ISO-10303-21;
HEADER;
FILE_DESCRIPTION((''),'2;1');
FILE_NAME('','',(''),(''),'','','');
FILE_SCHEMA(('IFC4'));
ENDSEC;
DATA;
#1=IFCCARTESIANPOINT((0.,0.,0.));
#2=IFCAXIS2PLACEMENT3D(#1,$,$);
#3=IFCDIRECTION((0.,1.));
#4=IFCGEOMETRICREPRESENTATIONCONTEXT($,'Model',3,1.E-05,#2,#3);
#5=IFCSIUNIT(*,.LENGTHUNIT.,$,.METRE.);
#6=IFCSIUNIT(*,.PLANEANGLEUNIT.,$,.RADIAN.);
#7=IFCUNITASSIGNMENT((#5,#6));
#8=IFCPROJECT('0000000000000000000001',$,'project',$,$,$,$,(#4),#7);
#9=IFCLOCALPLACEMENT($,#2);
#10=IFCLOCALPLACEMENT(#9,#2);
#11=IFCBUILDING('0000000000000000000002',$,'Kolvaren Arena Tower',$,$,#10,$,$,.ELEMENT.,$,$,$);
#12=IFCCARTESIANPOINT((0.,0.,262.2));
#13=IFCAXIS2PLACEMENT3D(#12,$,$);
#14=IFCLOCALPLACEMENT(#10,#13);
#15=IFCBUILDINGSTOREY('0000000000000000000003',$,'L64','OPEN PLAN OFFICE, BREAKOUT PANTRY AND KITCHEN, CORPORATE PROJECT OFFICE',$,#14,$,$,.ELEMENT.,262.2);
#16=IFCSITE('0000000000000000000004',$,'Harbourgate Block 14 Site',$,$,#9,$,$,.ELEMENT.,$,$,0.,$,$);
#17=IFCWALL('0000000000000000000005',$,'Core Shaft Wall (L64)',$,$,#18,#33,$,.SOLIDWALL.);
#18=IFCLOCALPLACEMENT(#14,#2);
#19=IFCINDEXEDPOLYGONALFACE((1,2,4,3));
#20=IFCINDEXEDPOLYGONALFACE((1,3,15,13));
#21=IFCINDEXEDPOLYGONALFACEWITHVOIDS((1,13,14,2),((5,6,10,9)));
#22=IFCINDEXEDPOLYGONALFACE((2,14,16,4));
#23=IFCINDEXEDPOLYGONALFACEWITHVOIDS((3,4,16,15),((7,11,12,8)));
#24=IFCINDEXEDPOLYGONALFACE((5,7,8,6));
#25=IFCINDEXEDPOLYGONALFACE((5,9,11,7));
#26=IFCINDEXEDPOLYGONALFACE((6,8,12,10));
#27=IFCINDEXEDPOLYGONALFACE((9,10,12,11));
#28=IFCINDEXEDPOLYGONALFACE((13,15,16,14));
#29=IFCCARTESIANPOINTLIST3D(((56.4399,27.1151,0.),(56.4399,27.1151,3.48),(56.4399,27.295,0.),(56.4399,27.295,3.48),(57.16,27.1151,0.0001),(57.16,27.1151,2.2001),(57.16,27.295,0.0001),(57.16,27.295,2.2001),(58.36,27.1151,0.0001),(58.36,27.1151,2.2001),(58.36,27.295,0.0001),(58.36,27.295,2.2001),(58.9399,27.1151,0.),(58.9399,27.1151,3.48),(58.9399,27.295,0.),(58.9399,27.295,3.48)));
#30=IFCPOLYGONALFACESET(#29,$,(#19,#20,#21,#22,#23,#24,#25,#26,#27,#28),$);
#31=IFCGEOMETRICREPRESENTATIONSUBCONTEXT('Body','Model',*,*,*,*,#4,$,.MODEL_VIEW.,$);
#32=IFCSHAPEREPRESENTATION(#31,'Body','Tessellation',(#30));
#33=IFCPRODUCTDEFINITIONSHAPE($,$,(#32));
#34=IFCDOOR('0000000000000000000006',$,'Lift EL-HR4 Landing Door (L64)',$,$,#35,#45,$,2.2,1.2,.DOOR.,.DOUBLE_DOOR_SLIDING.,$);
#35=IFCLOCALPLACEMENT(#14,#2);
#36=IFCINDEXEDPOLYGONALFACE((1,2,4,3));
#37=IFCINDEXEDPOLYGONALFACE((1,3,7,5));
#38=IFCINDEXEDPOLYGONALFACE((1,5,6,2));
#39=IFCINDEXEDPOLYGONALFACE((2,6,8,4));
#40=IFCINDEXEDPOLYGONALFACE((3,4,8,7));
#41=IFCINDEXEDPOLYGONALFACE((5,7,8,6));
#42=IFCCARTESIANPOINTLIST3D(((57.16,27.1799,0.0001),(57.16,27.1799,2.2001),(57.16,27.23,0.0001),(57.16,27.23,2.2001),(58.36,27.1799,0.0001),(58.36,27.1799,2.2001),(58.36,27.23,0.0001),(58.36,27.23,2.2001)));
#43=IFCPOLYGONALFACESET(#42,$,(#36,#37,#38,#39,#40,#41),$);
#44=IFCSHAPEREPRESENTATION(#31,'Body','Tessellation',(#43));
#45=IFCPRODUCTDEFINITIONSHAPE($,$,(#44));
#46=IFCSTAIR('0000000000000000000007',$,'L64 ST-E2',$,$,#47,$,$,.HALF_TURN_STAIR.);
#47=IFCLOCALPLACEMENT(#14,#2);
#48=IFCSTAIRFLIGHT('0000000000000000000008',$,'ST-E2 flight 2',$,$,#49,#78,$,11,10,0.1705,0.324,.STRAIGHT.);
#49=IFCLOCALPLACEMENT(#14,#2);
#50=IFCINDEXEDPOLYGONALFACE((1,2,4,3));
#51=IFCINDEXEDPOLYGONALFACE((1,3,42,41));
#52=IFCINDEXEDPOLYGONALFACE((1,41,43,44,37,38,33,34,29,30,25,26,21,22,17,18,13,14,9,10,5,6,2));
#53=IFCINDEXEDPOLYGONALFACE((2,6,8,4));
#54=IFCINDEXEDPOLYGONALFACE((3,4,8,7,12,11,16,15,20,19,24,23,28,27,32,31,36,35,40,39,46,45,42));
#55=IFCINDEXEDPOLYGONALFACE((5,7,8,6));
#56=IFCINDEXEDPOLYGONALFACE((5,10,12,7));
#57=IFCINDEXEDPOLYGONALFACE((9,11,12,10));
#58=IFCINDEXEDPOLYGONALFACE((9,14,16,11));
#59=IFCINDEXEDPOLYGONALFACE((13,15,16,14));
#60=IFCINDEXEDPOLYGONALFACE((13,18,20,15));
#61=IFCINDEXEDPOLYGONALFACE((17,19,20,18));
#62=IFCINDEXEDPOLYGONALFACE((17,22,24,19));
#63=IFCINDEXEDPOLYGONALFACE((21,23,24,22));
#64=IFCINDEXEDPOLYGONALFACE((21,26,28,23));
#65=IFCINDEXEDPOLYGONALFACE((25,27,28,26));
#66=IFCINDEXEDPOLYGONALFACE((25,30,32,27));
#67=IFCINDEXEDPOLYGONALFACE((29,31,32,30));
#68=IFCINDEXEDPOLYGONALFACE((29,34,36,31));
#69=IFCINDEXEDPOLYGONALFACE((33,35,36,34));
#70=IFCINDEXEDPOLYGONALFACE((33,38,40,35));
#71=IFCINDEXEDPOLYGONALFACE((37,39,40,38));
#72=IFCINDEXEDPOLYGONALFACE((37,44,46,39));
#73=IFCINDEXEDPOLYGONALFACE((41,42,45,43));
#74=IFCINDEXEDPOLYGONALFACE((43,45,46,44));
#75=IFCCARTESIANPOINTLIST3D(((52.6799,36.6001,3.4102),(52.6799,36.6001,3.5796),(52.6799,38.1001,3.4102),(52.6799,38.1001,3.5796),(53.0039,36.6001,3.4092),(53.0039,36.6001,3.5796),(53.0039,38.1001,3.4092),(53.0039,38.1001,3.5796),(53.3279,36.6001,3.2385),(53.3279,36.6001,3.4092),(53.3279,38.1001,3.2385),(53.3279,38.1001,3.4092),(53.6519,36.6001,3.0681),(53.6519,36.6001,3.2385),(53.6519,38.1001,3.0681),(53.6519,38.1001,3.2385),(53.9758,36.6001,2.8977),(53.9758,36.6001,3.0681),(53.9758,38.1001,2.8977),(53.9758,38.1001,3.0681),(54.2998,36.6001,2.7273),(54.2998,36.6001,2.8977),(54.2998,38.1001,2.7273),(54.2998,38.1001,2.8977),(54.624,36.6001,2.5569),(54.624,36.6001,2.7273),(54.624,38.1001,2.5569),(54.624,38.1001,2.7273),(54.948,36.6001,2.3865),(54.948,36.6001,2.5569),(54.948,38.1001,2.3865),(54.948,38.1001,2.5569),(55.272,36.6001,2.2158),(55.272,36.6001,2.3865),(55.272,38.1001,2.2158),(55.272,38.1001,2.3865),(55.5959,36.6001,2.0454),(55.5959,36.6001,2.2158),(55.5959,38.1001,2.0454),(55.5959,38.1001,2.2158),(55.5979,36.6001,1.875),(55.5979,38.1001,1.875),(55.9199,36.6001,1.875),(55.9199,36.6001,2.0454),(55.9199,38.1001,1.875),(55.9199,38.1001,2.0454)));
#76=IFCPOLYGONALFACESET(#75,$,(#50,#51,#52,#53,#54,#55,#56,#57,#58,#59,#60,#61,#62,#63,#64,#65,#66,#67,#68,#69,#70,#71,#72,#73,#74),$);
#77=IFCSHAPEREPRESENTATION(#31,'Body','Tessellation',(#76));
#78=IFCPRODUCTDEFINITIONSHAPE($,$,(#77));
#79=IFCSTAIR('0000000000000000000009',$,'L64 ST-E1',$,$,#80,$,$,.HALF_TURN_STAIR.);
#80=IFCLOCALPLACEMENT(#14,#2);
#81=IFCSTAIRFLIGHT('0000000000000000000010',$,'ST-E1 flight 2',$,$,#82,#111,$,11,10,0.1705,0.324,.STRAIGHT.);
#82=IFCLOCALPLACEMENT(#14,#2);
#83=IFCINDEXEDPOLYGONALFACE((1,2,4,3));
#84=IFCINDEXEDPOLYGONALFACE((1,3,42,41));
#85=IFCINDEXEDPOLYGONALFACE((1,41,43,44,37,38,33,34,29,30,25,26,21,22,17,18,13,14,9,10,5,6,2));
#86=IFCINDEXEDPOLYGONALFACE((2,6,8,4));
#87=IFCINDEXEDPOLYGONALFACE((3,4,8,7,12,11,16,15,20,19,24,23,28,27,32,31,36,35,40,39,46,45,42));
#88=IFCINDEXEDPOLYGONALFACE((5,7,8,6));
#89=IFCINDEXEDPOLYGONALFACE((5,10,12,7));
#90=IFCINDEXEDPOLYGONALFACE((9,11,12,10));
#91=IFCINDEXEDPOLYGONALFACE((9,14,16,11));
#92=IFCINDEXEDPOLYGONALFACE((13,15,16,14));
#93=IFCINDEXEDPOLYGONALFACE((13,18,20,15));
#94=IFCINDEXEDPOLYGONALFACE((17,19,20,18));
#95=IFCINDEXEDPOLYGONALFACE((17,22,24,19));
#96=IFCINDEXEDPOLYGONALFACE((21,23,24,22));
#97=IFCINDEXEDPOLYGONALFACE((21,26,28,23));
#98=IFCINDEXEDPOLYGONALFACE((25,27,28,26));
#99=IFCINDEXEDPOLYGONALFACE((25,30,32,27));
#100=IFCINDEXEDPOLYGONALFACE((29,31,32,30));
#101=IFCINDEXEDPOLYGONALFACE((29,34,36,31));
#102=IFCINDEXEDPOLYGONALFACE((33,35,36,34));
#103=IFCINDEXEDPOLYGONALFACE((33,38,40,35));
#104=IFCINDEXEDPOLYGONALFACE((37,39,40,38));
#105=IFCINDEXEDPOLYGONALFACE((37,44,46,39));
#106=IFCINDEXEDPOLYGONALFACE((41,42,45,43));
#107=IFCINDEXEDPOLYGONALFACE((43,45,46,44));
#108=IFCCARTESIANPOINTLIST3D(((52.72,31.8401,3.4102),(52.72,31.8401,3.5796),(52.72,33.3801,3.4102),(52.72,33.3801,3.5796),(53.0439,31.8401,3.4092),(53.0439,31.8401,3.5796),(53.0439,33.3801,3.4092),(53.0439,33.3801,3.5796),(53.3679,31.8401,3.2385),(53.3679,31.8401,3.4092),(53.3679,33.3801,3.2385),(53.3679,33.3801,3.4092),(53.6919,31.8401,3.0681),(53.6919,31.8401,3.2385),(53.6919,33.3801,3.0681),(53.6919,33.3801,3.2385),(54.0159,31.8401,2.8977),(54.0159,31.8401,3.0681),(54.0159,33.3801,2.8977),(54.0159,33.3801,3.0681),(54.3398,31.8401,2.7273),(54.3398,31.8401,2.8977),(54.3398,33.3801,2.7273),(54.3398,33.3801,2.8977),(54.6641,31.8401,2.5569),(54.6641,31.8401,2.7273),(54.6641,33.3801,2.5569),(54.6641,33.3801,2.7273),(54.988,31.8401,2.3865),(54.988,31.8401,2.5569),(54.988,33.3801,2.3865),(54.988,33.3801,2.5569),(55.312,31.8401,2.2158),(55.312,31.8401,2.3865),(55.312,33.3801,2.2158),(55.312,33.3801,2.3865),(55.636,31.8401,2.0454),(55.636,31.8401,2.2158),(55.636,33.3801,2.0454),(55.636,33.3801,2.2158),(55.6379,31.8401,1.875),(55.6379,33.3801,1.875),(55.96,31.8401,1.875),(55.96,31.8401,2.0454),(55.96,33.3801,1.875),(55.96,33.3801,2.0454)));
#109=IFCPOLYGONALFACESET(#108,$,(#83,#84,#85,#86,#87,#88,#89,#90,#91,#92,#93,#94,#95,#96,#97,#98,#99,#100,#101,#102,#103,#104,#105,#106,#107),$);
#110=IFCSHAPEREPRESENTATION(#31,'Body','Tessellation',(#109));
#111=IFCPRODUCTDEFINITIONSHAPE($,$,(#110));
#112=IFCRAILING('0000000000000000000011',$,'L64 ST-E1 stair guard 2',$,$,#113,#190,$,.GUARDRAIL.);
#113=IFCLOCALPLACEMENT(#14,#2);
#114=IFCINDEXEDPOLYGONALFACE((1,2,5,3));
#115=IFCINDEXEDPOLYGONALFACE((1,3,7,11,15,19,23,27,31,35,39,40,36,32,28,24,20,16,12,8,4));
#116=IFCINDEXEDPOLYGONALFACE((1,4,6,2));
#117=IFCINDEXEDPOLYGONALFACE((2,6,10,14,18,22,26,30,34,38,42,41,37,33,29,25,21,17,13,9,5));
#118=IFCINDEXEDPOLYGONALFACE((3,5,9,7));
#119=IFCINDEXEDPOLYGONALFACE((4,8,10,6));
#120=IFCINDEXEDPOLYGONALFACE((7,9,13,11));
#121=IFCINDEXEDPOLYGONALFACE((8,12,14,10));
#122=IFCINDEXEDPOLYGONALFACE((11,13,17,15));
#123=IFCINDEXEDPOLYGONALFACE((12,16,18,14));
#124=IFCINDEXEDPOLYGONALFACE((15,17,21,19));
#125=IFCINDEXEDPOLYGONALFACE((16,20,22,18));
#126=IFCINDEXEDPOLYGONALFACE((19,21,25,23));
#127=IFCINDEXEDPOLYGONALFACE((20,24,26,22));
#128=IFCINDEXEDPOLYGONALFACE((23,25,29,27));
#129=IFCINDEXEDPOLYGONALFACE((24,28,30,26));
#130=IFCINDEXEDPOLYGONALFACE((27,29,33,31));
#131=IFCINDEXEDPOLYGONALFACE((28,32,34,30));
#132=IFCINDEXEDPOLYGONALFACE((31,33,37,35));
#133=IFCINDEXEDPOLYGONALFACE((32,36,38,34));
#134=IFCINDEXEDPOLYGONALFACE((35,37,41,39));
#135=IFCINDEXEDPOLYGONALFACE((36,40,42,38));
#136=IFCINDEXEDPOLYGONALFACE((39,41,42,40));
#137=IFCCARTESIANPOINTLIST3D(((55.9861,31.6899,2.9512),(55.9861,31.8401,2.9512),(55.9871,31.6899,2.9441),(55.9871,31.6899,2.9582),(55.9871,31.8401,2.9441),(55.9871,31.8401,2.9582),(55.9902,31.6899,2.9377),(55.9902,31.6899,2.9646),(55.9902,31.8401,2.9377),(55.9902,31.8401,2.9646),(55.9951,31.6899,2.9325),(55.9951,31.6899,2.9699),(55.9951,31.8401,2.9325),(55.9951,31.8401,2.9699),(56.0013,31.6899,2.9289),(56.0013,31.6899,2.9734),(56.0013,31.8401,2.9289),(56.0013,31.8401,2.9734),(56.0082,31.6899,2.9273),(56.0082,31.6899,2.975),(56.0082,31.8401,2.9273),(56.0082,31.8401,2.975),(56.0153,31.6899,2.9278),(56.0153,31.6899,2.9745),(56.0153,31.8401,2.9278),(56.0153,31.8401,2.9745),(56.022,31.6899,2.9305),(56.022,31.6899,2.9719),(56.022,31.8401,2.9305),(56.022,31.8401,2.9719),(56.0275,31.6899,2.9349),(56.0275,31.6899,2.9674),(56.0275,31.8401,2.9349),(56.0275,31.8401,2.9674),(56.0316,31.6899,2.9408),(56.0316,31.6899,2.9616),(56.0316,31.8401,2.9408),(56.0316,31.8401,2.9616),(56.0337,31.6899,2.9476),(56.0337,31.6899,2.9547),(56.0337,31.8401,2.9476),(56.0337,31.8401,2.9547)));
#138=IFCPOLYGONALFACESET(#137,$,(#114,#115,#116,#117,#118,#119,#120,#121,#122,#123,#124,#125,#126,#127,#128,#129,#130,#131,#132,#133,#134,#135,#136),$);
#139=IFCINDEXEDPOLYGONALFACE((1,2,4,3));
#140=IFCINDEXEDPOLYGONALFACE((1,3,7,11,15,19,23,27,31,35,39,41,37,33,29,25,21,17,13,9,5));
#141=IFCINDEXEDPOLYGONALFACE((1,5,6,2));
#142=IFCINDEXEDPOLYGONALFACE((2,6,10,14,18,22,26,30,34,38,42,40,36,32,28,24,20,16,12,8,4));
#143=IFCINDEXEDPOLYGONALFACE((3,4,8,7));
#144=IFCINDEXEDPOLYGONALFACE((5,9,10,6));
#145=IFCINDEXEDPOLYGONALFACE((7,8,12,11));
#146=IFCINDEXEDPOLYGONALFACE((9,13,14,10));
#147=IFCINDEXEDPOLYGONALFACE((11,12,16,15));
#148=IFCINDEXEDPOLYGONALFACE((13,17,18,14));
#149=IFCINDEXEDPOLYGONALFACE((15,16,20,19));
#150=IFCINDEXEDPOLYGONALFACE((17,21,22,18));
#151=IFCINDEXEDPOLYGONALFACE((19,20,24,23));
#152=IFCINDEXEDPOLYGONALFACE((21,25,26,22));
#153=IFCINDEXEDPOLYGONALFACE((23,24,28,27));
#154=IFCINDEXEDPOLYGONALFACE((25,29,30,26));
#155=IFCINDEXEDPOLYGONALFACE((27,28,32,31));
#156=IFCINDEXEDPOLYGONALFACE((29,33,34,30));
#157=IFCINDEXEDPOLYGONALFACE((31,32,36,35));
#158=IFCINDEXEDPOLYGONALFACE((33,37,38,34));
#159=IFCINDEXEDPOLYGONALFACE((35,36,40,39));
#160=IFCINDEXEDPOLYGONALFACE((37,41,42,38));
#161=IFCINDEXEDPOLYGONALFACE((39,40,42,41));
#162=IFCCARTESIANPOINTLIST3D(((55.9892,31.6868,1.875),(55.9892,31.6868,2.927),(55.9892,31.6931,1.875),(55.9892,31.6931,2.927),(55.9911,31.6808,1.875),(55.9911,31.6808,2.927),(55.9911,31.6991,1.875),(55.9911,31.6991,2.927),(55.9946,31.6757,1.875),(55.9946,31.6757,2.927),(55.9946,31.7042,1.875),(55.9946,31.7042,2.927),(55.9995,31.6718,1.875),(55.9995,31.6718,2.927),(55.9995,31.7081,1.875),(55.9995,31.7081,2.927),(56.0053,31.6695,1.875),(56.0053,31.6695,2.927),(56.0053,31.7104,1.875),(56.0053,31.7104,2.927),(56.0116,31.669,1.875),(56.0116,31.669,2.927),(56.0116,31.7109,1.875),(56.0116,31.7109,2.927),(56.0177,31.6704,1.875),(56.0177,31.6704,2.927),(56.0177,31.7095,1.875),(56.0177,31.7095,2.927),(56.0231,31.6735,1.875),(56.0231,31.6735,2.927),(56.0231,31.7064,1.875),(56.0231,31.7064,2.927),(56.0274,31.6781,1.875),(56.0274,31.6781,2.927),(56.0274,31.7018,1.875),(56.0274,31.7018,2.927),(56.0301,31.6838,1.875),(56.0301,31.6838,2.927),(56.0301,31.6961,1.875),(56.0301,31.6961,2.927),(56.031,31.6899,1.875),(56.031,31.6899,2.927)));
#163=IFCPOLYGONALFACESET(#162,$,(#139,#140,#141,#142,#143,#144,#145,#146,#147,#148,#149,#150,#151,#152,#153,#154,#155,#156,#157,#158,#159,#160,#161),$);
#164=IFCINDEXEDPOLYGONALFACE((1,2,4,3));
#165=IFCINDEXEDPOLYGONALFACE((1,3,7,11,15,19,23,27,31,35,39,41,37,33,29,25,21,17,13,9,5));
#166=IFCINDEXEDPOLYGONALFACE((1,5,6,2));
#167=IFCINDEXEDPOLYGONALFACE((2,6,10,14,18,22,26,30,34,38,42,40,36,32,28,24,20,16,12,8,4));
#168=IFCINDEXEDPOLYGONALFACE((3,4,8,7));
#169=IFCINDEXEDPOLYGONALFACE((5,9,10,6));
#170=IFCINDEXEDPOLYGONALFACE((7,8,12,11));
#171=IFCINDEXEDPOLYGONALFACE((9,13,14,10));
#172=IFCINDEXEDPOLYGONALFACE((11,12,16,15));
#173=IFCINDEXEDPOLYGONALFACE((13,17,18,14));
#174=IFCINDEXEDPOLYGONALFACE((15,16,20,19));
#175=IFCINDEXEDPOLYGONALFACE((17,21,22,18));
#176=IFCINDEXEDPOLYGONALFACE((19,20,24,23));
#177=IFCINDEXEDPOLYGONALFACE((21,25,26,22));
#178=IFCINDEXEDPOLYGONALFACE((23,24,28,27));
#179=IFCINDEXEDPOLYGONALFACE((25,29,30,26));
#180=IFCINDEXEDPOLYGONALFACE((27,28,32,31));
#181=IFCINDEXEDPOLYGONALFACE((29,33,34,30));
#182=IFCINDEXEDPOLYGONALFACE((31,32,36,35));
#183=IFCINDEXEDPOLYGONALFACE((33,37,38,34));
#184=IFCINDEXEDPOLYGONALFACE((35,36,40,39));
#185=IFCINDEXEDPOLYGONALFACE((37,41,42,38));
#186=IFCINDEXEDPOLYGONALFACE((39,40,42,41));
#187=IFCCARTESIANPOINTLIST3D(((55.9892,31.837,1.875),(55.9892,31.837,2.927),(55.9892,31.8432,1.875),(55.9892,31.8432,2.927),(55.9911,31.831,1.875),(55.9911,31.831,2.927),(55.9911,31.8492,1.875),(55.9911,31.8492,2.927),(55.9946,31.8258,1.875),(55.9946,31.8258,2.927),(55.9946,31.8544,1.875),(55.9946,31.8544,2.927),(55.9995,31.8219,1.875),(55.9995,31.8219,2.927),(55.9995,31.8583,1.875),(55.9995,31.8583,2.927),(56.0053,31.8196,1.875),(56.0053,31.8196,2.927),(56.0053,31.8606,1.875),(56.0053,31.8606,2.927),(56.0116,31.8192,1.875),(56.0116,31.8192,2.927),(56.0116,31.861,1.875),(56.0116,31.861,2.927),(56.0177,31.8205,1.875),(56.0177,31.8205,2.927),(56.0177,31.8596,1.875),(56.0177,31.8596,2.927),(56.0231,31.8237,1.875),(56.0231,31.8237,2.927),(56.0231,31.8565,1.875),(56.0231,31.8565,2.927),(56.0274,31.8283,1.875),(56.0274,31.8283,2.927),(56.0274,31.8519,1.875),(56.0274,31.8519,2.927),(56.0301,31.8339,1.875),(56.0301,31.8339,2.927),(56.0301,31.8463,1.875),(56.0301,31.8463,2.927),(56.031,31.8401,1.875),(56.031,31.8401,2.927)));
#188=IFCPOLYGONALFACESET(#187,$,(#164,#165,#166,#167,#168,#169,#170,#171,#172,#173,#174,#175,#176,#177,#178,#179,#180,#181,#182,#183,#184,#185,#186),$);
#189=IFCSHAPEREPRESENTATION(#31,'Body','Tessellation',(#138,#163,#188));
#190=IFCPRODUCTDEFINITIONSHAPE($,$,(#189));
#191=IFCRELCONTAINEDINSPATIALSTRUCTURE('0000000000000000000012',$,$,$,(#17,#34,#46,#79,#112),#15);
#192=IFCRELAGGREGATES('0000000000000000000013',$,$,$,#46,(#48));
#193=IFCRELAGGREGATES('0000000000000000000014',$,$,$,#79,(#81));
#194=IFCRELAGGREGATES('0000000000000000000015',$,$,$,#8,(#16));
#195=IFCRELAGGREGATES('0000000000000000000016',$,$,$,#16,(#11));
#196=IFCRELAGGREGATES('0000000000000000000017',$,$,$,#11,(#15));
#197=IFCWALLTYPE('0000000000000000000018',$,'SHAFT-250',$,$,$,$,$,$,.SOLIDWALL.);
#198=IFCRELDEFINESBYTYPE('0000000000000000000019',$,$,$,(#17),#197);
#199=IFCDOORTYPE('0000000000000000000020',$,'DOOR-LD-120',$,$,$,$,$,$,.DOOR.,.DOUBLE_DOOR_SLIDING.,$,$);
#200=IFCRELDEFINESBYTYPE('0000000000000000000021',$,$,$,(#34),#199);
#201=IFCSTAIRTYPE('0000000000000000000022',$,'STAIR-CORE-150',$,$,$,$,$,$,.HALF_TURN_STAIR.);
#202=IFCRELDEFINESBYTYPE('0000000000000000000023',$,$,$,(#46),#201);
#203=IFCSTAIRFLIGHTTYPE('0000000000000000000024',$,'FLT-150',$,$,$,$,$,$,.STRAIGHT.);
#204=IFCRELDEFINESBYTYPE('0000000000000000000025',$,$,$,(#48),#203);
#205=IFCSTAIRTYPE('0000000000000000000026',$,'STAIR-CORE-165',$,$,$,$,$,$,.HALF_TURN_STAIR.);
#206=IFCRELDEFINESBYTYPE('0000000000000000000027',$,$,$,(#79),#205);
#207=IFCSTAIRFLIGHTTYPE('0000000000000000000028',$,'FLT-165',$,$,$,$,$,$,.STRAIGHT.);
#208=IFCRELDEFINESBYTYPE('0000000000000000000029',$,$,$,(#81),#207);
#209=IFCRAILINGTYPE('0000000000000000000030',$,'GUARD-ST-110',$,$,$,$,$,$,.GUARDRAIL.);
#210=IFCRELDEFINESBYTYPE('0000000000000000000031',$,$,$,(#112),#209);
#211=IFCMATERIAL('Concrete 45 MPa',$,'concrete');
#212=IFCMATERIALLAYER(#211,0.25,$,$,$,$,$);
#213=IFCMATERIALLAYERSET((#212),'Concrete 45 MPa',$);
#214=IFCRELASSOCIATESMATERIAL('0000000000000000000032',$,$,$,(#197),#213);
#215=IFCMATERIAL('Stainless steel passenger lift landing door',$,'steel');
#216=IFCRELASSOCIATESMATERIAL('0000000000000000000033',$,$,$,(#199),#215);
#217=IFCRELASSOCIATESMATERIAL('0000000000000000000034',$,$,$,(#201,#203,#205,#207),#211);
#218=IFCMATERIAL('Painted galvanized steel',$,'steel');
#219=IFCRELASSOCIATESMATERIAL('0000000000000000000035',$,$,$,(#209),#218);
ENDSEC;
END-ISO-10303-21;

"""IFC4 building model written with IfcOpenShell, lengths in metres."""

from ifc_helpers import new_model, si_unit, direction, frame, frame_2d, origin, origin_2d, place, context, subcontext, project, spatial, polyline, rectangle, circle, outline, extrude, material, layer, layer_set, type_object, element, fill, aggregate, save


model = new_model("IFC4")

# Units and contexts
model_context = context("Model", 3, precision=1e-05, world=origin(), true_north=direction((0.0, 1.0)))
body_context = subcontext(model_context, "Body", "Model", "MODEL_VIEW")
ifc_project = project(units=[si_unit("LENGTHUNIT", "METRE"), si_unit("PLANEANGLEUNIT", "RADIAN")], contexts=[model_context])

# Site, building, storey
site_placement = place(None, origin())
site = spatial("IfcSite", under=ifc_project, at=site_placement, Name="Harbourgate Block 14 Site", CompositionType="ELEMENT", RefElevation=0.0)
building_placement = place(site_placement, origin())
building = spatial("IfcBuilding", under=site, at=building_placement, Name="Kolvaren Arena Tower", CompositionType="ELEMENT")
storey_placement = place(building_placement, frame((0.0, 0.0, 262.2)))
storey = spatial("IfcBuildingStorey", under=building, at=storey_placement, Name="L64", Description="OPEN PLAN OFFICE, BREAKOUT PANTRY AND KITCHEN, CORPORATE PROJECT OFFICE", CompositionType="ELEMENT", Elevation=262.2)

# Shared definitions
ifc_material_1 = material(Name="Concrete 45 MPa", Category="concrete")
ifc_layer = layer(ifc_material_1, 0.25)
ifc_layer_set = layer_set([ifc_layer], Name="Concrete 45 MPa")
wall_type = type_object("IfcWallType", Name="SHAFT-250", PredefinedType="SOLIDWALL", material=ifc_layer_set)

# Wall, opening, door
wall_1_placement = place(storey_placement, frame((56.4399, 27.2051, 0.0), z_axis=(0.0, 0.0, 1.0), x_axis=(1.0, 0.0, 0.0)))
wall_1 = element("IfcWall", 1, at=wall_1_placement, inside=storey, type_object=wall_type, Name="Core Shaft Wall (L64)", PredefinedType="SOLIDWALL", context=body_context, shape_type="SweptSolid", body=[
    extrude(rectangle(XDim=2.5, YDim=0.1799, at=frame_2d((1.25, 0.0))), origin(), (0.0, 0.0, 1.0), 3.48),
])
opening_1_placement = place(wall_1_placement, frame((0.72, 0.0, 0.0)))
opening_1 = element("IfcOpeningElement", 2, at=opening_1_placement, cuts=wall_1, PredefinedType="OPENING", context=body_context, shape_type="SweptSolid", body=[
    extrude(rectangle(XDim=1.2, YDim=2.2, at=frame_2d((0.6001, 1.1001))), frame((0.0, 0.0999, 0.0), z_axis=(0.0, -1.0, 0.0), x_axis=(1.0, 0.0, 0.0)), (0.0, 0.0, 1.0), 0.2),
])
ifc_material_2 = material(Name="Stainless steel passenger lift landing door", Category="steel")
door_type_1 = type_object("IfcDoorType", Name="DOOR-LD-120", OperationType="DOUBLE_DOOR_SLIDING", PredefinedType="DOOR", material=ifc_material_2)
door_1_placement = place(opening_1_placement, origin())
door_1 = element("IfcDoor", 3, at=door_1_placement, inside=storey, type_object=door_type_1, Name="Lift EL-HR4 Landing Door (L64)", OperationType="DOUBLE_DOOR_SLIDING", OverallHeight=2.2, OverallWidth=1.2, PredefinedType="DOOR", context=body_context, shape_type="SweptSolid", body=[
    extrude(rectangle(XDim=1.2, YDim=2.2, at=frame_2d((0.6001, 1.1001))), frame((0.0, 0.0249, 0.0), z_axis=(0.0, -1.0, 0.0), x_axis=(1.0, 0.0, 0.0)), (0.0, 0.0, 1.0), 0.05),
])
fill(opening_1, door_1)

# Stairs, stair flights
stair_type_1 = type_object("IfcStairType", Name="STAIR-CORE-150", PredefinedType="HALF_TURN_STAIR", material=ifc_material_1)
stair_1_placement = place(storey_placement, origin())
stair_1 = element("IfcStair", 4, at=stair_1_placement, inside=storey, type_object=stair_type_1, Name="L64 ST-E2", PredefinedType="HALF_TURN_STAIR")
stair_flight_type_1 = type_object("IfcStairFlightType", Name="FLT-150", PredefinedType="STRAIGHT", material=ifc_material_1)
stair_flight_1_placement = place(storey_placement, frame((55.9199, 37.3501, 1.875), z_axis=(0.0, 0.0, 1.0), x_axis=(-1.0, 0.0, 0.0)))
stair_flight_1 = element("IfcStairFlight", 5, at=stair_flight_1_placement, type_object=stair_flight_type_1, Name="ST-E2 flight 2", NumberOfRisers=11, NumberOfTreads=10, PredefinedType="STRAIGHT", RiserHeight=0.1705, TreadLength=0.324, context=body_context, shape_type="SweptSolid", body=[
    extrude(outline(polyline([(0.0, 0.0), (0.0, 0.1704), (0.324, 0.1704), (0.324, 0.3408), (0.6479, 0.3408), (0.6479, 0.5115), (0.9719, 0.5115), (0.9719, 0.6819), (1.2959, 0.6819), (1.2959, 0.8523), (1.6201, 0.8523), (1.6201, 1.0227), (1.9441, 1.0227), (1.9441, 1.1931), (2.2681, 1.1931), (2.2681, 1.3635), (2.592, 1.3635), (2.592, 1.5342), (2.916, 1.5342), (2.916, 1.7046), (3.24, 1.7046), (3.24, 1.875), (3.24, 1.5352), (0.322, 0.0), (0.0, 0.0)])), frame((0.0, 0.75, 0.0), z_axis=(0.0, -1.0, 0.0), x_axis=(1.0, 0.0, 0.0)), (0.0, 0.0, 1.0), 1.5),
])
aggregate(stair_1, [stair_flight_1])
stair_type_2 = type_object("IfcStairType", Name="STAIR-CORE-165", PredefinedType="HALF_TURN_STAIR", material=ifc_material_1)
stair_2_placement = place(storey_placement, origin())
stair_2 = element("IfcStair", 6, at=stair_2_placement, inside=storey, type_object=stair_type_2, Name="L64 ST-E1", PredefinedType="HALF_TURN_STAIR")
stair_flight_type_2 = type_object("IfcStairFlightType", Name="FLT-165", PredefinedType="STRAIGHT", material=ifc_material_1)
stair_flight_2_placement = place(storey_placement, frame((55.96, 32.6101, 1.875), z_axis=(0.0, 0.0, 1.0), x_axis=(-1.0, 0.0, 0.0)))
stair_flight_2 = element("IfcStairFlight", 7, at=stair_flight_2_placement, type_object=stair_flight_type_2, Name="ST-E1 flight 2", NumberOfRisers=11, NumberOfTreads=10, PredefinedType="STRAIGHT", RiserHeight=0.1705, TreadLength=0.324, context=body_context, shape_type="SweptSolid", body=[
    extrude(outline(polyline([(0.0, 0.0), (0.0, 0.1704), (0.324, 0.1704), (0.324, 0.3408), (0.6479, 0.3408), (0.6479, 0.5115), (0.9719, 0.5115), (0.9719, 0.6819), (1.2959, 0.6819), (1.2959, 0.8523), (1.6201, 0.8523), (1.6201, 1.0227), (1.9441, 1.0227), (1.9441, 1.1931), (2.2681, 1.1931), (2.2681, 1.3635), (2.592, 1.3635), (2.592, 1.5342), (2.916, 1.5342), (2.916, 1.7046), (3.24, 1.7046), (3.24, 1.875), (3.24, 1.5352), (0.322, 0.0), (0.0, 0.0)])), frame((0.0, 0.77, 0.0), z_axis=(0.0, -1.0, 0.0), x_axis=(1.0, 0.0, 0.0)), (0.0, 0.0, 1.0), 1.54),
])
aggregate(stair_2, [stair_flight_2])

# Railing
ifc_material_3 = material(Name="Painted galvanized steel", Category="steel")
railing_type_1 = type_object("IfcRailingType", Name="GUARD-ST-110", PredefinedType="GUARDRAIL", material=ifc_material_3)
railing_1_placement = place(storey_placement, frame((56.01, 31.6899, 1.875)))
element("IfcRailing", 8, at=railing_1_placement, inside=storey, type_object=railing_type_1, Name="L64 ST-E1 stair guard 2", PredefinedType="GUARDRAIL", context=body_context, shape_type="SweptSolid", body=[
    extrude(circle(Radius=0.0239, at=origin_2d()), frame((0.0, 0.0, 1.0762), z_axis=(0.0, 1.0, 0.0), x_axis=(-1.0, 0.0, 0.0)), (0.0, 0.0, 1.0), 0.1501),
    extrude(circle(Radius=0.021, at=origin_2d()), origin(), (0.0, 0.0, 1.0), 1.052),
    extrude(circle(Radius=0.021, at=origin_2d()), frame((0.0, 0.1501, 0.0)), (0.0, 0.0, 1.0), 1.052),
])

save(model, "model.ifc")
